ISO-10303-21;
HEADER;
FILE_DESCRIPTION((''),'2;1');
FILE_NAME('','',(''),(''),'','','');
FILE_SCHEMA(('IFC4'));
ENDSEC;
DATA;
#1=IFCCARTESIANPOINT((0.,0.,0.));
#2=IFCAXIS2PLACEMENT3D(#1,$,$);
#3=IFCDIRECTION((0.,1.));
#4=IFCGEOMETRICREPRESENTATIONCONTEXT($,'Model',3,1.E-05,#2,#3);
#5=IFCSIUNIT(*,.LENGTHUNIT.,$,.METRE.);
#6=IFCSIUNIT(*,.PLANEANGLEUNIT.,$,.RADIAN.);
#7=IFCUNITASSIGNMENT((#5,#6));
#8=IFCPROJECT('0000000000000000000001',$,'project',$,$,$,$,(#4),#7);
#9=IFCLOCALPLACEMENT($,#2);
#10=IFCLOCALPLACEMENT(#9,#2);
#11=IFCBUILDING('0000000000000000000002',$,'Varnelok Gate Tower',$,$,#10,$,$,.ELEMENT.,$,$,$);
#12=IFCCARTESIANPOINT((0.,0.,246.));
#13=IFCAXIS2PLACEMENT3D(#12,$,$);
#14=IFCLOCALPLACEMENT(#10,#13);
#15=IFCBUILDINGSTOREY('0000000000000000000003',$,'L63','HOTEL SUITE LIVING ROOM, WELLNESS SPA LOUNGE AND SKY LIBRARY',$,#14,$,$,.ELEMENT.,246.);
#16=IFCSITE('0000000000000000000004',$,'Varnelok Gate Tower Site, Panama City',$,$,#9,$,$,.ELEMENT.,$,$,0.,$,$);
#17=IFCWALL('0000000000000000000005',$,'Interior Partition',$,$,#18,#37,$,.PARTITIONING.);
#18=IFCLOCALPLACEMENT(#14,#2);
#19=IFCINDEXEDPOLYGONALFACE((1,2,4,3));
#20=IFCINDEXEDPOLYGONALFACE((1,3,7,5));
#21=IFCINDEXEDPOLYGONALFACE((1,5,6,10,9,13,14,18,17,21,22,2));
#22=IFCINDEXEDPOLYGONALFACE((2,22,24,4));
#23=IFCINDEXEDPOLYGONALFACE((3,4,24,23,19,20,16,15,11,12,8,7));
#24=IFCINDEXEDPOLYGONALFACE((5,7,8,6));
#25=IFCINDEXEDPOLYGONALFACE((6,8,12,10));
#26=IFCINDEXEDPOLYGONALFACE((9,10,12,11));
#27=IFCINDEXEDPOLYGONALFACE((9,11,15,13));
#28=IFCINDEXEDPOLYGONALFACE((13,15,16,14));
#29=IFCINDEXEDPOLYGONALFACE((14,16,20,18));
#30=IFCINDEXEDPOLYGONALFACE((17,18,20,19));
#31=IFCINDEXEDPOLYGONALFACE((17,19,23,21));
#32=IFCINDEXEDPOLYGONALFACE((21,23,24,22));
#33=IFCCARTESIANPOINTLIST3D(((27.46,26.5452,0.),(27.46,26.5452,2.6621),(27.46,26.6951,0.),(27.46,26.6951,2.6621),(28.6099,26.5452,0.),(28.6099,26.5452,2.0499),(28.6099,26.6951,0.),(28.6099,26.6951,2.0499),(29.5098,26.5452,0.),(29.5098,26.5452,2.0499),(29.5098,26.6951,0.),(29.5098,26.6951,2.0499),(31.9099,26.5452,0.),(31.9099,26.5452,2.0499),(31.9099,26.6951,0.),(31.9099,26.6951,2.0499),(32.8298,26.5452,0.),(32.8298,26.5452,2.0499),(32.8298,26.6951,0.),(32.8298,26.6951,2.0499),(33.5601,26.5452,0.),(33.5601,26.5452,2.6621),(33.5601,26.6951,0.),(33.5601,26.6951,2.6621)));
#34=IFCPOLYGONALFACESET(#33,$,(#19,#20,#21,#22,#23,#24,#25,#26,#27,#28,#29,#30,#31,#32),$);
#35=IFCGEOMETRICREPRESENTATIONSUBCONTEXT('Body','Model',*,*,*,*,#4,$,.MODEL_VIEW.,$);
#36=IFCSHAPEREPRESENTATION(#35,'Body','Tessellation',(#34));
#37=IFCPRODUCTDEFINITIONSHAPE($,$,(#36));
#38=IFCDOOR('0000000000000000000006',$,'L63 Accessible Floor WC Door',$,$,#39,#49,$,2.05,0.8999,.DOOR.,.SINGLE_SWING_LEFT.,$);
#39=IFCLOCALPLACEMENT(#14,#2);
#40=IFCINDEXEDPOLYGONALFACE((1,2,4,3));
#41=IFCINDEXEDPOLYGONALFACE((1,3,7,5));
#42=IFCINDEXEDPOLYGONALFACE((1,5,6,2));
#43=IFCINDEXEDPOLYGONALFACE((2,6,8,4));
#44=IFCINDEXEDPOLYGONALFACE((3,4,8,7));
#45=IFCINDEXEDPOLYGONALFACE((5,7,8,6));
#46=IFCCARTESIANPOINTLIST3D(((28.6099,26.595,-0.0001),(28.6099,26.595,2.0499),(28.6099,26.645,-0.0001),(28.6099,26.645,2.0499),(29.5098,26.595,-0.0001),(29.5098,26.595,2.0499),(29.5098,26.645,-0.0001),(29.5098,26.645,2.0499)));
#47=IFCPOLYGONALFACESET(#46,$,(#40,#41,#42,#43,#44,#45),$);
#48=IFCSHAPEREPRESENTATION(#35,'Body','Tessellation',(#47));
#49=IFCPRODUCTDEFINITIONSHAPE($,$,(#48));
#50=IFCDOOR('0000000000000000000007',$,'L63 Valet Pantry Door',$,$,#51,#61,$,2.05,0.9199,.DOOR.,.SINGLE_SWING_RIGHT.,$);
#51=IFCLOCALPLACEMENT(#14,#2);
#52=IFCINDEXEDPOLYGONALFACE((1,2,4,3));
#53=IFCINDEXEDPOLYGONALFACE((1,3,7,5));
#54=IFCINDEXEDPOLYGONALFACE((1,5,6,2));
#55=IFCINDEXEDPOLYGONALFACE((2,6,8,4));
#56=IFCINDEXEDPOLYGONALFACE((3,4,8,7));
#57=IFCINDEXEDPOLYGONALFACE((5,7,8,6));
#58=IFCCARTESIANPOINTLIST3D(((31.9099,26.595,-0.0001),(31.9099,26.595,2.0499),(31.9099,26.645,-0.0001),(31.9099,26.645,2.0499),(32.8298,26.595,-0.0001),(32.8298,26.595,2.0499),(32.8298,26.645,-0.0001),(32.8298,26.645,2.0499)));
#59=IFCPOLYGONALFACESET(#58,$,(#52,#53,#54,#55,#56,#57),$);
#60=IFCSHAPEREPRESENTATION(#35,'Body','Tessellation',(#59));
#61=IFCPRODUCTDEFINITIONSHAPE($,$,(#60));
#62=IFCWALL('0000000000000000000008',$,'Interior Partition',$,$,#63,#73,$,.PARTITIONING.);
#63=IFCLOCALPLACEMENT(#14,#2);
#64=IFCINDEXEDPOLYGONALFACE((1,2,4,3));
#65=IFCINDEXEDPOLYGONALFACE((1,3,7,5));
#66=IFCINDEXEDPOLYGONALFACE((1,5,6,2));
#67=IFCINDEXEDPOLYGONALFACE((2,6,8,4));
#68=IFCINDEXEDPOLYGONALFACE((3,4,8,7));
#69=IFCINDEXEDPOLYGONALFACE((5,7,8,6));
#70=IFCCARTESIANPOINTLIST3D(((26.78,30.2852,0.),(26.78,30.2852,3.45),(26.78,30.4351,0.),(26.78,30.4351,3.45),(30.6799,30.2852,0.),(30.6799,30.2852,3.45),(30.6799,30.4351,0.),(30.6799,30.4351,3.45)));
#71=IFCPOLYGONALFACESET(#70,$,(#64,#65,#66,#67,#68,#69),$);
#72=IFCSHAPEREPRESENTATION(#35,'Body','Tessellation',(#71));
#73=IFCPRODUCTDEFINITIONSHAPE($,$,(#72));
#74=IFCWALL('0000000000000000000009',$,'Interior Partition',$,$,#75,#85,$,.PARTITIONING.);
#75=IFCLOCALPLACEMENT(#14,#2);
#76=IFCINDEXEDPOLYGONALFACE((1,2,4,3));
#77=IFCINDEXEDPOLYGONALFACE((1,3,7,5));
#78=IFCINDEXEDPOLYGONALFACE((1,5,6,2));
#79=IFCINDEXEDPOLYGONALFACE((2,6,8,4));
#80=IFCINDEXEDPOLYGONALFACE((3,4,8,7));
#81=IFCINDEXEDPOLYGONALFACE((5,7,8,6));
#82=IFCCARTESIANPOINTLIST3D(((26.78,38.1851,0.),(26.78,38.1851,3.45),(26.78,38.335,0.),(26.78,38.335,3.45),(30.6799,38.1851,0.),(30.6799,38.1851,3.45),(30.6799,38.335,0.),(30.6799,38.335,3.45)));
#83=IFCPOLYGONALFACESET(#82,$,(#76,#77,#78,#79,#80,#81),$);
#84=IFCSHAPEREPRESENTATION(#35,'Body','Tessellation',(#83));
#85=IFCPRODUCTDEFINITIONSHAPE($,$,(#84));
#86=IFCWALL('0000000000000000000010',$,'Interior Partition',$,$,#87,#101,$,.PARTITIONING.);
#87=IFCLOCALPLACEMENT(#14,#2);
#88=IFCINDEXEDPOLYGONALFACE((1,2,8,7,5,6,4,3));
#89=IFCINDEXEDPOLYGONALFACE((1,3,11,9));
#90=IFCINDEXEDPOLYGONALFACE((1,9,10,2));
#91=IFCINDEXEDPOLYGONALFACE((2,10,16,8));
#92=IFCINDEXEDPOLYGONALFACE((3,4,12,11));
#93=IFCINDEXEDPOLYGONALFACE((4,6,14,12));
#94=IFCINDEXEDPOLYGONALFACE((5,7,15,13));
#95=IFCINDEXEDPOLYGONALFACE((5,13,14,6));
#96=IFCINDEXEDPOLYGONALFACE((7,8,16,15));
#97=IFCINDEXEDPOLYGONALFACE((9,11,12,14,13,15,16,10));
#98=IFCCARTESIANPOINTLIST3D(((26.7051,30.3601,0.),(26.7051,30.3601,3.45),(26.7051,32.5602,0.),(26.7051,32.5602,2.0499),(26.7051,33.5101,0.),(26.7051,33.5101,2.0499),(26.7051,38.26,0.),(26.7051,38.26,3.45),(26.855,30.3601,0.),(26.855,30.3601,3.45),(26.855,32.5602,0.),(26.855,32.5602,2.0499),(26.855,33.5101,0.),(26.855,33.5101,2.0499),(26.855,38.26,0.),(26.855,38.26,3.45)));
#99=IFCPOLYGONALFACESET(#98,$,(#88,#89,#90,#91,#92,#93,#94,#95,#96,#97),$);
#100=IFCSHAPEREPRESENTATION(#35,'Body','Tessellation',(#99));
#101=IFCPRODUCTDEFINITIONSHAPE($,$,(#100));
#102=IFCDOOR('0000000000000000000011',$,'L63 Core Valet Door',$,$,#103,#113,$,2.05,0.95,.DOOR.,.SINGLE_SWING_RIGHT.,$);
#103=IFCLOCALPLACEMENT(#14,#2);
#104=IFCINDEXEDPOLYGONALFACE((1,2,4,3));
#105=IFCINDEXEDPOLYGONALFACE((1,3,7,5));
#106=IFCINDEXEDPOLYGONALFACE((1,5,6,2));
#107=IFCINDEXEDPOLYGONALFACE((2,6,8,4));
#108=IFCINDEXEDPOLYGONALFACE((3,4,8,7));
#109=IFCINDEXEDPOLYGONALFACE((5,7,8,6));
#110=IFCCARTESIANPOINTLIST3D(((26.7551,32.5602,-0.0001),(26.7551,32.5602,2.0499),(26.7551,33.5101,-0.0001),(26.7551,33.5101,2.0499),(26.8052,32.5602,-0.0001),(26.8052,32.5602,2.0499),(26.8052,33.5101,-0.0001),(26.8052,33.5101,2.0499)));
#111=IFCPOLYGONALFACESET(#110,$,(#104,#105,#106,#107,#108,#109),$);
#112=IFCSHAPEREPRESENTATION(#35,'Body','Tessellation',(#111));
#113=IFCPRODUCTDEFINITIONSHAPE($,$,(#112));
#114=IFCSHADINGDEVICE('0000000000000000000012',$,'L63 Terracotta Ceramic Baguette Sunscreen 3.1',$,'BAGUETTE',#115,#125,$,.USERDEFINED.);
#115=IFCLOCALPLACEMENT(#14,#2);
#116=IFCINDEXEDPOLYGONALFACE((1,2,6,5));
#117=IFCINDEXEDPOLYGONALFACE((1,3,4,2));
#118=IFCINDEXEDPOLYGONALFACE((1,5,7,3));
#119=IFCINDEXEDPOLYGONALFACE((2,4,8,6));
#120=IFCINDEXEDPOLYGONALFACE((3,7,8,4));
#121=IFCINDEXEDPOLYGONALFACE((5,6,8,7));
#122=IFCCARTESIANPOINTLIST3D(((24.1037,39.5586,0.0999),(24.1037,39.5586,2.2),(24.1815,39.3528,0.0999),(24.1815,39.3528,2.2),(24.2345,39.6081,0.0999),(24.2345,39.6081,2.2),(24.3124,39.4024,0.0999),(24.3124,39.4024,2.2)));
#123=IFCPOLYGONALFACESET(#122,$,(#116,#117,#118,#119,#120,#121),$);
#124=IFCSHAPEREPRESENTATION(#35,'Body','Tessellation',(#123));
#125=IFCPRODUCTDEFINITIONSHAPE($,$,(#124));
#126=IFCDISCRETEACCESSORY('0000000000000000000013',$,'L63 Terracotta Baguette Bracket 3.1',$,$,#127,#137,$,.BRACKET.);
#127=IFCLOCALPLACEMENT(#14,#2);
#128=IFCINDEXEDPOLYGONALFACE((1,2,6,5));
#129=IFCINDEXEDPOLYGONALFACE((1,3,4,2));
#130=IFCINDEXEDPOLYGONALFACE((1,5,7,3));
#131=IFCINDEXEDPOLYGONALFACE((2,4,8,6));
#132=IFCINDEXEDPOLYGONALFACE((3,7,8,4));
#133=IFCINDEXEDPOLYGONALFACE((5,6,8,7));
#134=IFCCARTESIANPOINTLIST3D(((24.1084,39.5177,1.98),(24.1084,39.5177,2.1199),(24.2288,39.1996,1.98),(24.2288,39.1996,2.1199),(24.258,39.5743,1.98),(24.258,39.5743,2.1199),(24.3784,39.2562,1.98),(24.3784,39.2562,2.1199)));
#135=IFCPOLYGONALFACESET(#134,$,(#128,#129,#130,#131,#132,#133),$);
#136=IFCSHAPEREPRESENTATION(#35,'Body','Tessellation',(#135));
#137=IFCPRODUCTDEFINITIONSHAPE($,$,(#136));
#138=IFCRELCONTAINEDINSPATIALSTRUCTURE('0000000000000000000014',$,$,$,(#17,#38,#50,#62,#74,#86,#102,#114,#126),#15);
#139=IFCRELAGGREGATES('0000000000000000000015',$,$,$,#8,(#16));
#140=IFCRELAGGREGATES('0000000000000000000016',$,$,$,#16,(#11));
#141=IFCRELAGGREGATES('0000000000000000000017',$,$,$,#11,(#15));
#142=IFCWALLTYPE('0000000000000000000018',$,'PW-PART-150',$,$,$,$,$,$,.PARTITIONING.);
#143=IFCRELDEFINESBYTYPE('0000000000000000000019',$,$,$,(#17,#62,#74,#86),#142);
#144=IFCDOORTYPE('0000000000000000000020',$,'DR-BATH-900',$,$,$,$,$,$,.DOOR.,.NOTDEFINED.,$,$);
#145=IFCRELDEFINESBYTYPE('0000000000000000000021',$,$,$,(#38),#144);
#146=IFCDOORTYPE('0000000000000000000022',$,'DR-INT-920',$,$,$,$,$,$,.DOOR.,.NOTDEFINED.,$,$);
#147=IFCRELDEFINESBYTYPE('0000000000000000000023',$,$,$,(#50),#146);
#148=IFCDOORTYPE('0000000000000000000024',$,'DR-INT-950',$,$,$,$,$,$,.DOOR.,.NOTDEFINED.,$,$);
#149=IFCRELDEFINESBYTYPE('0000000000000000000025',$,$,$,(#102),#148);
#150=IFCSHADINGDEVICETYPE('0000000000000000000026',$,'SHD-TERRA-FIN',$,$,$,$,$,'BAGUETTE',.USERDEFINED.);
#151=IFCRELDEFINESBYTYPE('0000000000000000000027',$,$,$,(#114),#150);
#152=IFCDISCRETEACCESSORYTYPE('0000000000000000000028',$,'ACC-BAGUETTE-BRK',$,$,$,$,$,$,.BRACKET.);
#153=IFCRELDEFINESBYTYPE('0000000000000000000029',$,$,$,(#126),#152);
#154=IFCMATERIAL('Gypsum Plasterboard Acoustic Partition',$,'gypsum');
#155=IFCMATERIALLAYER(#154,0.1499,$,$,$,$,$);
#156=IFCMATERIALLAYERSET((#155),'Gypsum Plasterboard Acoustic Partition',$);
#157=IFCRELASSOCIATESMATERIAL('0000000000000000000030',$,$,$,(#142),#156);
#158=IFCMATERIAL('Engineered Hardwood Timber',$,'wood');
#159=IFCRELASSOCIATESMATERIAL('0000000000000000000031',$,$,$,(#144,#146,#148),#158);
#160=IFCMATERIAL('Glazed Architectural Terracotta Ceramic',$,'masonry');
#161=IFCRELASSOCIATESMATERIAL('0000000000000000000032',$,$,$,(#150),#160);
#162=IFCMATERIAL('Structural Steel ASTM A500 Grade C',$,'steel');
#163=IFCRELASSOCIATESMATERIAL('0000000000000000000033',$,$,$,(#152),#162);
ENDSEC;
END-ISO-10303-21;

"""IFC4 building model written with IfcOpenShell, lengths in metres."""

from ifc_helpers import new_model, si_unit, direction, frame, frame_2d, origin, origin_2d, place, context, subcontext, project, spatial, rectangle, extrude, source, transform, mapped, material, layer, layer_set, type_object, element, fill, save


model = new_model("IFC4")

# Units and contexts
model_context = context("Model", 3, precision=1e-05, world=origin(), true_north=direction((0.0, 1.0)))
body_context = subcontext(model_context, "Body", "Model", "MODEL_VIEW")
ifc_project = project(units=[si_unit("LENGTHUNIT", "METRE"), si_unit("PLANEANGLEUNIT", "RADIAN")], contexts=[model_context])

# Site, building, storey
site_placement = place(None, origin())
site = spatial("IfcSite", under=ifc_project, at=site_placement, Name="Varnelok Gate Tower Site, Panama City", CompositionType="ELEMENT", RefElevation=0.0)
building_placement = place(site_placement, origin())
building = spatial("IfcBuilding", under=site, at=building_placement, Name="Varnelok Gate Tower", CompositionType="ELEMENT")
storey_placement = place(building_placement, frame((0.0, 0.0, 246.0)))
storey = spatial("IfcBuildingStorey", under=building, at=storey_placement, Name="L63", Description="HOTEL SUITE LIVING ROOM, WELLNESS SPA LOUNGE AND SKY LIBRARY", CompositionType="ELEMENT", Elevation=246.0)

# Shared definitions
ifc_material_1 = material(Name="Gypsum Plasterboard Acoustic Partition", Category="gypsum")

# Wall, openings, doors
ifc_layer_1 = layer(ifc_material_1, 0.1499)
ifc_layer_set_1 = layer_set([ifc_layer_1], Name="Gypsum Plasterboard Acoustic Partition")
wall_type_1 = type_object("IfcWallType", Name="PW-PART-150", PredefinedType="PARTITIONING", material=ifc_layer_set_1)
wall_1_placement = place(storey_placement, frame((27.46, 26.6201, 0.0), z_axis=(0.0, 0.0, 1.0), x_axis=(1.0, 0.0, 0.0)))
wall_1 = element("IfcWall", 1, at=wall_1_placement, inside=storey, type_object=wall_type_1, Name="Interior Partition", PredefinedType="PARTITIONING", context=body_context, shape_type="SweptSolid", body=[
    extrude(rectangle(XDim=6.1001, YDim=0.1499, at=frame_2d((3.05, 0.0))), origin(), (0.0, 0.0, 1.0), 2.6621),
])
opening_1_placement = place(wall_1_placement, frame((1.1499, 0.0, 0.0)))
opening_1 = element("IfcOpeningElement", 2, at=opening_1_placement, cuts=wall_1, PredefinedType="OPENING", context=body_context, shape_type="SweptSolid", body=[
    extrude(rectangle(XDim=0.8999, YDim=2.05, at=frame_2d((0.45, 1.0249))), frame((0.0, 0.085, 0.0), z_axis=(0.0, -1.0, 0.0), x_axis=(1.0, 0.0, 0.0)), (0.0, 0.0, 1.0), 0.1699),
])
opening_2_placement = place(wall_1_placement, frame((4.45, 0.0, 0.0)))
opening_2 = element("IfcOpeningElement", 3, at=opening_2_placement, cuts=wall_1, PredefinedType="OPENING", context=body_context, shape_type="SweptSolid", body=[
    extrude(rectangle(XDim=0.9199, YDim=2.05, at=frame_2d((0.46, 1.0249))), frame((0.0, 0.085, 0.0), z_axis=(0.0, -1.0, 0.0), x_axis=(1.0, 0.0, 0.0)), (0.0, 0.0, 1.0), 0.1699),
])
ifc_material_2 = material(Name="Engineered Hardwood Timber", Category="wood")
door_type_1 = type_object("IfcDoorType", Name="DR-BATH-900", OperationType="NOTDEFINED", PredefinedType="DOOR", material=ifc_material_2)
door_1_placement = place(opening_1_placement, origin())
door_1 = element("IfcDoor", 4, at=door_1_placement, inside=storey, type_object=door_type_1, Name="L63 Accessible Floor WC Door", OperationType="SINGLE_SWING_LEFT", OverallHeight=2.05, OverallWidth=0.8999, PredefinedType="DOOR", context=body_context, shape_type="SweptSolid", body=[
    extrude(rectangle(XDim=0.8999, YDim=2.05, at=frame_2d((0.45, 1.0249))), frame((0.0, 0.0249, 0.0), z_axis=(0.0, -1.0, 0.0), x_axis=(1.0, 0.0, 0.0)), (0.0, 0.0, 1.0), 0.05),
])
fill(opening_1, door_1)
door_type_2 = type_object("IfcDoorType", Name="DR-INT-920", OperationType="NOTDEFINED", PredefinedType="DOOR", material=ifc_material_2)
door_2_placement = place(opening_2_placement, origin())
door_2 = element("IfcDoor", 5, at=door_2_placement, inside=storey, type_object=door_type_2, Name="L63 Valet Pantry Door", OperationType="SINGLE_SWING_RIGHT", OverallHeight=2.05, OverallWidth=0.9199, PredefinedType="DOOR", context=body_context, shape_type="SweptSolid", body=[
    extrude(rectangle(XDim=0.9199, YDim=2.05, at=frame_2d((0.46, 1.0249))), frame((0.0, 0.0249, 0.0), z_axis=(0.0, -1.0, 0.0), x_axis=(1.0, 0.0, 0.0)), (0.0, 0.0, 1.0), 0.05),
])
fill(opening_2, door_2)

# Walls
for number, where, z_axis, x_axis, name in (
    (6, (26.78, 30.3601, 0.0), (0.0, 0.0, 1.0), (1.0, 0.0, 0.0), "Interior Partition"),
    (7, (26.78, 38.26, 0.0), (0.0, 0.0, 1.0), (1.0, 0.0, 0.0), "Interior Partition"),
):
    element("IfcWall", number, at=place(storey_placement, frame(where, z_axis=z_axis, x_axis=x_axis)), inside=storey, type_object=wall_type_1, Name=name, PredefinedType="PARTITIONING", context=body_context, shape_type="SweptSolid", body=[
        extrude(rectangle(XDim=3.8999, YDim=0.1499, at=frame_2d((1.95, 0.0))), origin(), (0.0, 0.0, 1.0), 3.45),
    ])

# Wall, opening, door
wall_2_placement = place(storey_placement, frame((26.78, 30.3601, 0.0), z_axis=(0.0, 0.0, 1.0), x_axis=(0.0, 1.0, 0.0)))
wall_2 = element("IfcWall", 8, at=wall_2_placement, inside=storey, type_object=wall_type_1, Name="Interior Partition", PredefinedType="PARTITIONING", context=body_context, shape_type="SweptSolid", body=[
    extrude(rectangle(XDim=7.8999, YDim=0.1499, at=frame_2d((3.95, 0.0))), origin(), (0.0, 0.0, 1.0), 3.45),
])
opening_3_placement = place(wall_2_placement, frame((2.2, 0.0, 0.0)))
opening_3 = element("IfcOpeningElement", 9, at=opening_3_placement, cuts=wall_2, PredefinedType="OPENING", context=body_context, shape_type="SweptSolid", body=[
    extrude(rectangle(XDim=0.95, YDim=2.05, at=frame_2d((0.4751, 1.0249))), frame((0.0, 0.085, 0.0), z_axis=(0.0, -1.0, 0.0), x_axis=(1.0, 0.0, 0.0)), (0.0, 0.0, 1.0), 0.1699),
])
door_type_3 = type_object("IfcDoorType", Name="DR-INT-950", OperationType="NOTDEFINED", PredefinedType="DOOR", material=ifc_material_2)
door_3_placement = place(opening_3_placement, origin())
door_3 = element("IfcDoor", 10, at=door_3_placement, inside=storey, type_object=door_type_3, Name="L63 Core Valet Door", OperationType="SINGLE_SWING_RIGHT", OverallHeight=2.05, OverallWidth=0.95, PredefinedType="DOOR", context=body_context, shape_type="SweptSolid", body=[
    extrude(rectangle(XDim=0.95, YDim=2.05, at=frame_2d((0.4751, 1.0249))), frame((0.0, 0.0249, 0.0), z_axis=(0.0, -1.0, 0.0), x_axis=(1.0, 0.0, 0.0)), (0.0, 0.0, 1.0), 0.05),
])
fill(opening_3, door_3)

# Shading device
ifc_material_3 = material(Name="Glazed Architectural Terracotta Ceramic", Category="masonry")
shading_device_type = type_object("IfcShadingDeviceType", Name="SHD-TERRA-FIN", ElementType="BAGUETTE", PredefinedType="USERDEFINED", material=ifc_material_3)
shared_shape_1 = source(origin(), body_context, "Body", "SweptSolid", [
    extrude(rectangle(XDim=0.1399, YDim=0.22, at=origin_2d()), origin(), (0.0, 0.0, 1.0), 2.1001),
])
shading_device_placement = place(storey_placement, frame((24.208, 39.4805, 0.0999), z_axis=(0.0, 0.0, 1.0), x_axis=(0.935222, 0.354063, 0.0)))
element("IfcShadingDevice", 11, at=shading_device_placement, inside=storey, type_object=shading_device_type, Name="L63 Terracotta Ceramic Baguette Sunscreen 3.1", ObjectType="BAGUETTE", PredefinedType="USERDEFINED", context=body_context, shape_type="MappedRepresentation", body=[
    mapped(shared_shape_1, transform((0.0, 0.0, 0.0), scale=1.0)),
])

# Discrete accessory
ifc_material_4 = material(Name="Structural Steel ASTM A500 Grade C", Category="steel")
discrete_accessory_type = type_object("IfcDiscreteAccessoryType", Name="ACC-BAGUETTE-BRK", PredefinedType="BRACKET", material=ifc_material_4)
shared_shape_2 = source(origin(), body_context, "Body", "SweptSolid", [
    extrude(rectangle(XDim=0.1599, YDim=0.3401, at=origin_2d()), origin(), (0.0, 0.0, 1.0), 0.1399),
])
discrete_accessory_placement = place(storey_placement, frame((24.2434, 39.387, 1.98), z_axis=(0.0, 0.0, 1.0), x_axis=(0.935222, 0.354063, 0.0)))
element("IfcDiscreteAccessory", 12, at=discrete_accessory_placement, inside=storey, type_object=discrete_accessory_type, Name="L63 Terracotta Baguette Bracket 3.1", PredefinedType="BRACKET", context=body_context, shape_type="MappedRepresentation", body=[
    mapped(shared_shape_2, transform((0.0, 0.0, 0.0), scale=1.0)),
])

save(model, "model.ifc")
